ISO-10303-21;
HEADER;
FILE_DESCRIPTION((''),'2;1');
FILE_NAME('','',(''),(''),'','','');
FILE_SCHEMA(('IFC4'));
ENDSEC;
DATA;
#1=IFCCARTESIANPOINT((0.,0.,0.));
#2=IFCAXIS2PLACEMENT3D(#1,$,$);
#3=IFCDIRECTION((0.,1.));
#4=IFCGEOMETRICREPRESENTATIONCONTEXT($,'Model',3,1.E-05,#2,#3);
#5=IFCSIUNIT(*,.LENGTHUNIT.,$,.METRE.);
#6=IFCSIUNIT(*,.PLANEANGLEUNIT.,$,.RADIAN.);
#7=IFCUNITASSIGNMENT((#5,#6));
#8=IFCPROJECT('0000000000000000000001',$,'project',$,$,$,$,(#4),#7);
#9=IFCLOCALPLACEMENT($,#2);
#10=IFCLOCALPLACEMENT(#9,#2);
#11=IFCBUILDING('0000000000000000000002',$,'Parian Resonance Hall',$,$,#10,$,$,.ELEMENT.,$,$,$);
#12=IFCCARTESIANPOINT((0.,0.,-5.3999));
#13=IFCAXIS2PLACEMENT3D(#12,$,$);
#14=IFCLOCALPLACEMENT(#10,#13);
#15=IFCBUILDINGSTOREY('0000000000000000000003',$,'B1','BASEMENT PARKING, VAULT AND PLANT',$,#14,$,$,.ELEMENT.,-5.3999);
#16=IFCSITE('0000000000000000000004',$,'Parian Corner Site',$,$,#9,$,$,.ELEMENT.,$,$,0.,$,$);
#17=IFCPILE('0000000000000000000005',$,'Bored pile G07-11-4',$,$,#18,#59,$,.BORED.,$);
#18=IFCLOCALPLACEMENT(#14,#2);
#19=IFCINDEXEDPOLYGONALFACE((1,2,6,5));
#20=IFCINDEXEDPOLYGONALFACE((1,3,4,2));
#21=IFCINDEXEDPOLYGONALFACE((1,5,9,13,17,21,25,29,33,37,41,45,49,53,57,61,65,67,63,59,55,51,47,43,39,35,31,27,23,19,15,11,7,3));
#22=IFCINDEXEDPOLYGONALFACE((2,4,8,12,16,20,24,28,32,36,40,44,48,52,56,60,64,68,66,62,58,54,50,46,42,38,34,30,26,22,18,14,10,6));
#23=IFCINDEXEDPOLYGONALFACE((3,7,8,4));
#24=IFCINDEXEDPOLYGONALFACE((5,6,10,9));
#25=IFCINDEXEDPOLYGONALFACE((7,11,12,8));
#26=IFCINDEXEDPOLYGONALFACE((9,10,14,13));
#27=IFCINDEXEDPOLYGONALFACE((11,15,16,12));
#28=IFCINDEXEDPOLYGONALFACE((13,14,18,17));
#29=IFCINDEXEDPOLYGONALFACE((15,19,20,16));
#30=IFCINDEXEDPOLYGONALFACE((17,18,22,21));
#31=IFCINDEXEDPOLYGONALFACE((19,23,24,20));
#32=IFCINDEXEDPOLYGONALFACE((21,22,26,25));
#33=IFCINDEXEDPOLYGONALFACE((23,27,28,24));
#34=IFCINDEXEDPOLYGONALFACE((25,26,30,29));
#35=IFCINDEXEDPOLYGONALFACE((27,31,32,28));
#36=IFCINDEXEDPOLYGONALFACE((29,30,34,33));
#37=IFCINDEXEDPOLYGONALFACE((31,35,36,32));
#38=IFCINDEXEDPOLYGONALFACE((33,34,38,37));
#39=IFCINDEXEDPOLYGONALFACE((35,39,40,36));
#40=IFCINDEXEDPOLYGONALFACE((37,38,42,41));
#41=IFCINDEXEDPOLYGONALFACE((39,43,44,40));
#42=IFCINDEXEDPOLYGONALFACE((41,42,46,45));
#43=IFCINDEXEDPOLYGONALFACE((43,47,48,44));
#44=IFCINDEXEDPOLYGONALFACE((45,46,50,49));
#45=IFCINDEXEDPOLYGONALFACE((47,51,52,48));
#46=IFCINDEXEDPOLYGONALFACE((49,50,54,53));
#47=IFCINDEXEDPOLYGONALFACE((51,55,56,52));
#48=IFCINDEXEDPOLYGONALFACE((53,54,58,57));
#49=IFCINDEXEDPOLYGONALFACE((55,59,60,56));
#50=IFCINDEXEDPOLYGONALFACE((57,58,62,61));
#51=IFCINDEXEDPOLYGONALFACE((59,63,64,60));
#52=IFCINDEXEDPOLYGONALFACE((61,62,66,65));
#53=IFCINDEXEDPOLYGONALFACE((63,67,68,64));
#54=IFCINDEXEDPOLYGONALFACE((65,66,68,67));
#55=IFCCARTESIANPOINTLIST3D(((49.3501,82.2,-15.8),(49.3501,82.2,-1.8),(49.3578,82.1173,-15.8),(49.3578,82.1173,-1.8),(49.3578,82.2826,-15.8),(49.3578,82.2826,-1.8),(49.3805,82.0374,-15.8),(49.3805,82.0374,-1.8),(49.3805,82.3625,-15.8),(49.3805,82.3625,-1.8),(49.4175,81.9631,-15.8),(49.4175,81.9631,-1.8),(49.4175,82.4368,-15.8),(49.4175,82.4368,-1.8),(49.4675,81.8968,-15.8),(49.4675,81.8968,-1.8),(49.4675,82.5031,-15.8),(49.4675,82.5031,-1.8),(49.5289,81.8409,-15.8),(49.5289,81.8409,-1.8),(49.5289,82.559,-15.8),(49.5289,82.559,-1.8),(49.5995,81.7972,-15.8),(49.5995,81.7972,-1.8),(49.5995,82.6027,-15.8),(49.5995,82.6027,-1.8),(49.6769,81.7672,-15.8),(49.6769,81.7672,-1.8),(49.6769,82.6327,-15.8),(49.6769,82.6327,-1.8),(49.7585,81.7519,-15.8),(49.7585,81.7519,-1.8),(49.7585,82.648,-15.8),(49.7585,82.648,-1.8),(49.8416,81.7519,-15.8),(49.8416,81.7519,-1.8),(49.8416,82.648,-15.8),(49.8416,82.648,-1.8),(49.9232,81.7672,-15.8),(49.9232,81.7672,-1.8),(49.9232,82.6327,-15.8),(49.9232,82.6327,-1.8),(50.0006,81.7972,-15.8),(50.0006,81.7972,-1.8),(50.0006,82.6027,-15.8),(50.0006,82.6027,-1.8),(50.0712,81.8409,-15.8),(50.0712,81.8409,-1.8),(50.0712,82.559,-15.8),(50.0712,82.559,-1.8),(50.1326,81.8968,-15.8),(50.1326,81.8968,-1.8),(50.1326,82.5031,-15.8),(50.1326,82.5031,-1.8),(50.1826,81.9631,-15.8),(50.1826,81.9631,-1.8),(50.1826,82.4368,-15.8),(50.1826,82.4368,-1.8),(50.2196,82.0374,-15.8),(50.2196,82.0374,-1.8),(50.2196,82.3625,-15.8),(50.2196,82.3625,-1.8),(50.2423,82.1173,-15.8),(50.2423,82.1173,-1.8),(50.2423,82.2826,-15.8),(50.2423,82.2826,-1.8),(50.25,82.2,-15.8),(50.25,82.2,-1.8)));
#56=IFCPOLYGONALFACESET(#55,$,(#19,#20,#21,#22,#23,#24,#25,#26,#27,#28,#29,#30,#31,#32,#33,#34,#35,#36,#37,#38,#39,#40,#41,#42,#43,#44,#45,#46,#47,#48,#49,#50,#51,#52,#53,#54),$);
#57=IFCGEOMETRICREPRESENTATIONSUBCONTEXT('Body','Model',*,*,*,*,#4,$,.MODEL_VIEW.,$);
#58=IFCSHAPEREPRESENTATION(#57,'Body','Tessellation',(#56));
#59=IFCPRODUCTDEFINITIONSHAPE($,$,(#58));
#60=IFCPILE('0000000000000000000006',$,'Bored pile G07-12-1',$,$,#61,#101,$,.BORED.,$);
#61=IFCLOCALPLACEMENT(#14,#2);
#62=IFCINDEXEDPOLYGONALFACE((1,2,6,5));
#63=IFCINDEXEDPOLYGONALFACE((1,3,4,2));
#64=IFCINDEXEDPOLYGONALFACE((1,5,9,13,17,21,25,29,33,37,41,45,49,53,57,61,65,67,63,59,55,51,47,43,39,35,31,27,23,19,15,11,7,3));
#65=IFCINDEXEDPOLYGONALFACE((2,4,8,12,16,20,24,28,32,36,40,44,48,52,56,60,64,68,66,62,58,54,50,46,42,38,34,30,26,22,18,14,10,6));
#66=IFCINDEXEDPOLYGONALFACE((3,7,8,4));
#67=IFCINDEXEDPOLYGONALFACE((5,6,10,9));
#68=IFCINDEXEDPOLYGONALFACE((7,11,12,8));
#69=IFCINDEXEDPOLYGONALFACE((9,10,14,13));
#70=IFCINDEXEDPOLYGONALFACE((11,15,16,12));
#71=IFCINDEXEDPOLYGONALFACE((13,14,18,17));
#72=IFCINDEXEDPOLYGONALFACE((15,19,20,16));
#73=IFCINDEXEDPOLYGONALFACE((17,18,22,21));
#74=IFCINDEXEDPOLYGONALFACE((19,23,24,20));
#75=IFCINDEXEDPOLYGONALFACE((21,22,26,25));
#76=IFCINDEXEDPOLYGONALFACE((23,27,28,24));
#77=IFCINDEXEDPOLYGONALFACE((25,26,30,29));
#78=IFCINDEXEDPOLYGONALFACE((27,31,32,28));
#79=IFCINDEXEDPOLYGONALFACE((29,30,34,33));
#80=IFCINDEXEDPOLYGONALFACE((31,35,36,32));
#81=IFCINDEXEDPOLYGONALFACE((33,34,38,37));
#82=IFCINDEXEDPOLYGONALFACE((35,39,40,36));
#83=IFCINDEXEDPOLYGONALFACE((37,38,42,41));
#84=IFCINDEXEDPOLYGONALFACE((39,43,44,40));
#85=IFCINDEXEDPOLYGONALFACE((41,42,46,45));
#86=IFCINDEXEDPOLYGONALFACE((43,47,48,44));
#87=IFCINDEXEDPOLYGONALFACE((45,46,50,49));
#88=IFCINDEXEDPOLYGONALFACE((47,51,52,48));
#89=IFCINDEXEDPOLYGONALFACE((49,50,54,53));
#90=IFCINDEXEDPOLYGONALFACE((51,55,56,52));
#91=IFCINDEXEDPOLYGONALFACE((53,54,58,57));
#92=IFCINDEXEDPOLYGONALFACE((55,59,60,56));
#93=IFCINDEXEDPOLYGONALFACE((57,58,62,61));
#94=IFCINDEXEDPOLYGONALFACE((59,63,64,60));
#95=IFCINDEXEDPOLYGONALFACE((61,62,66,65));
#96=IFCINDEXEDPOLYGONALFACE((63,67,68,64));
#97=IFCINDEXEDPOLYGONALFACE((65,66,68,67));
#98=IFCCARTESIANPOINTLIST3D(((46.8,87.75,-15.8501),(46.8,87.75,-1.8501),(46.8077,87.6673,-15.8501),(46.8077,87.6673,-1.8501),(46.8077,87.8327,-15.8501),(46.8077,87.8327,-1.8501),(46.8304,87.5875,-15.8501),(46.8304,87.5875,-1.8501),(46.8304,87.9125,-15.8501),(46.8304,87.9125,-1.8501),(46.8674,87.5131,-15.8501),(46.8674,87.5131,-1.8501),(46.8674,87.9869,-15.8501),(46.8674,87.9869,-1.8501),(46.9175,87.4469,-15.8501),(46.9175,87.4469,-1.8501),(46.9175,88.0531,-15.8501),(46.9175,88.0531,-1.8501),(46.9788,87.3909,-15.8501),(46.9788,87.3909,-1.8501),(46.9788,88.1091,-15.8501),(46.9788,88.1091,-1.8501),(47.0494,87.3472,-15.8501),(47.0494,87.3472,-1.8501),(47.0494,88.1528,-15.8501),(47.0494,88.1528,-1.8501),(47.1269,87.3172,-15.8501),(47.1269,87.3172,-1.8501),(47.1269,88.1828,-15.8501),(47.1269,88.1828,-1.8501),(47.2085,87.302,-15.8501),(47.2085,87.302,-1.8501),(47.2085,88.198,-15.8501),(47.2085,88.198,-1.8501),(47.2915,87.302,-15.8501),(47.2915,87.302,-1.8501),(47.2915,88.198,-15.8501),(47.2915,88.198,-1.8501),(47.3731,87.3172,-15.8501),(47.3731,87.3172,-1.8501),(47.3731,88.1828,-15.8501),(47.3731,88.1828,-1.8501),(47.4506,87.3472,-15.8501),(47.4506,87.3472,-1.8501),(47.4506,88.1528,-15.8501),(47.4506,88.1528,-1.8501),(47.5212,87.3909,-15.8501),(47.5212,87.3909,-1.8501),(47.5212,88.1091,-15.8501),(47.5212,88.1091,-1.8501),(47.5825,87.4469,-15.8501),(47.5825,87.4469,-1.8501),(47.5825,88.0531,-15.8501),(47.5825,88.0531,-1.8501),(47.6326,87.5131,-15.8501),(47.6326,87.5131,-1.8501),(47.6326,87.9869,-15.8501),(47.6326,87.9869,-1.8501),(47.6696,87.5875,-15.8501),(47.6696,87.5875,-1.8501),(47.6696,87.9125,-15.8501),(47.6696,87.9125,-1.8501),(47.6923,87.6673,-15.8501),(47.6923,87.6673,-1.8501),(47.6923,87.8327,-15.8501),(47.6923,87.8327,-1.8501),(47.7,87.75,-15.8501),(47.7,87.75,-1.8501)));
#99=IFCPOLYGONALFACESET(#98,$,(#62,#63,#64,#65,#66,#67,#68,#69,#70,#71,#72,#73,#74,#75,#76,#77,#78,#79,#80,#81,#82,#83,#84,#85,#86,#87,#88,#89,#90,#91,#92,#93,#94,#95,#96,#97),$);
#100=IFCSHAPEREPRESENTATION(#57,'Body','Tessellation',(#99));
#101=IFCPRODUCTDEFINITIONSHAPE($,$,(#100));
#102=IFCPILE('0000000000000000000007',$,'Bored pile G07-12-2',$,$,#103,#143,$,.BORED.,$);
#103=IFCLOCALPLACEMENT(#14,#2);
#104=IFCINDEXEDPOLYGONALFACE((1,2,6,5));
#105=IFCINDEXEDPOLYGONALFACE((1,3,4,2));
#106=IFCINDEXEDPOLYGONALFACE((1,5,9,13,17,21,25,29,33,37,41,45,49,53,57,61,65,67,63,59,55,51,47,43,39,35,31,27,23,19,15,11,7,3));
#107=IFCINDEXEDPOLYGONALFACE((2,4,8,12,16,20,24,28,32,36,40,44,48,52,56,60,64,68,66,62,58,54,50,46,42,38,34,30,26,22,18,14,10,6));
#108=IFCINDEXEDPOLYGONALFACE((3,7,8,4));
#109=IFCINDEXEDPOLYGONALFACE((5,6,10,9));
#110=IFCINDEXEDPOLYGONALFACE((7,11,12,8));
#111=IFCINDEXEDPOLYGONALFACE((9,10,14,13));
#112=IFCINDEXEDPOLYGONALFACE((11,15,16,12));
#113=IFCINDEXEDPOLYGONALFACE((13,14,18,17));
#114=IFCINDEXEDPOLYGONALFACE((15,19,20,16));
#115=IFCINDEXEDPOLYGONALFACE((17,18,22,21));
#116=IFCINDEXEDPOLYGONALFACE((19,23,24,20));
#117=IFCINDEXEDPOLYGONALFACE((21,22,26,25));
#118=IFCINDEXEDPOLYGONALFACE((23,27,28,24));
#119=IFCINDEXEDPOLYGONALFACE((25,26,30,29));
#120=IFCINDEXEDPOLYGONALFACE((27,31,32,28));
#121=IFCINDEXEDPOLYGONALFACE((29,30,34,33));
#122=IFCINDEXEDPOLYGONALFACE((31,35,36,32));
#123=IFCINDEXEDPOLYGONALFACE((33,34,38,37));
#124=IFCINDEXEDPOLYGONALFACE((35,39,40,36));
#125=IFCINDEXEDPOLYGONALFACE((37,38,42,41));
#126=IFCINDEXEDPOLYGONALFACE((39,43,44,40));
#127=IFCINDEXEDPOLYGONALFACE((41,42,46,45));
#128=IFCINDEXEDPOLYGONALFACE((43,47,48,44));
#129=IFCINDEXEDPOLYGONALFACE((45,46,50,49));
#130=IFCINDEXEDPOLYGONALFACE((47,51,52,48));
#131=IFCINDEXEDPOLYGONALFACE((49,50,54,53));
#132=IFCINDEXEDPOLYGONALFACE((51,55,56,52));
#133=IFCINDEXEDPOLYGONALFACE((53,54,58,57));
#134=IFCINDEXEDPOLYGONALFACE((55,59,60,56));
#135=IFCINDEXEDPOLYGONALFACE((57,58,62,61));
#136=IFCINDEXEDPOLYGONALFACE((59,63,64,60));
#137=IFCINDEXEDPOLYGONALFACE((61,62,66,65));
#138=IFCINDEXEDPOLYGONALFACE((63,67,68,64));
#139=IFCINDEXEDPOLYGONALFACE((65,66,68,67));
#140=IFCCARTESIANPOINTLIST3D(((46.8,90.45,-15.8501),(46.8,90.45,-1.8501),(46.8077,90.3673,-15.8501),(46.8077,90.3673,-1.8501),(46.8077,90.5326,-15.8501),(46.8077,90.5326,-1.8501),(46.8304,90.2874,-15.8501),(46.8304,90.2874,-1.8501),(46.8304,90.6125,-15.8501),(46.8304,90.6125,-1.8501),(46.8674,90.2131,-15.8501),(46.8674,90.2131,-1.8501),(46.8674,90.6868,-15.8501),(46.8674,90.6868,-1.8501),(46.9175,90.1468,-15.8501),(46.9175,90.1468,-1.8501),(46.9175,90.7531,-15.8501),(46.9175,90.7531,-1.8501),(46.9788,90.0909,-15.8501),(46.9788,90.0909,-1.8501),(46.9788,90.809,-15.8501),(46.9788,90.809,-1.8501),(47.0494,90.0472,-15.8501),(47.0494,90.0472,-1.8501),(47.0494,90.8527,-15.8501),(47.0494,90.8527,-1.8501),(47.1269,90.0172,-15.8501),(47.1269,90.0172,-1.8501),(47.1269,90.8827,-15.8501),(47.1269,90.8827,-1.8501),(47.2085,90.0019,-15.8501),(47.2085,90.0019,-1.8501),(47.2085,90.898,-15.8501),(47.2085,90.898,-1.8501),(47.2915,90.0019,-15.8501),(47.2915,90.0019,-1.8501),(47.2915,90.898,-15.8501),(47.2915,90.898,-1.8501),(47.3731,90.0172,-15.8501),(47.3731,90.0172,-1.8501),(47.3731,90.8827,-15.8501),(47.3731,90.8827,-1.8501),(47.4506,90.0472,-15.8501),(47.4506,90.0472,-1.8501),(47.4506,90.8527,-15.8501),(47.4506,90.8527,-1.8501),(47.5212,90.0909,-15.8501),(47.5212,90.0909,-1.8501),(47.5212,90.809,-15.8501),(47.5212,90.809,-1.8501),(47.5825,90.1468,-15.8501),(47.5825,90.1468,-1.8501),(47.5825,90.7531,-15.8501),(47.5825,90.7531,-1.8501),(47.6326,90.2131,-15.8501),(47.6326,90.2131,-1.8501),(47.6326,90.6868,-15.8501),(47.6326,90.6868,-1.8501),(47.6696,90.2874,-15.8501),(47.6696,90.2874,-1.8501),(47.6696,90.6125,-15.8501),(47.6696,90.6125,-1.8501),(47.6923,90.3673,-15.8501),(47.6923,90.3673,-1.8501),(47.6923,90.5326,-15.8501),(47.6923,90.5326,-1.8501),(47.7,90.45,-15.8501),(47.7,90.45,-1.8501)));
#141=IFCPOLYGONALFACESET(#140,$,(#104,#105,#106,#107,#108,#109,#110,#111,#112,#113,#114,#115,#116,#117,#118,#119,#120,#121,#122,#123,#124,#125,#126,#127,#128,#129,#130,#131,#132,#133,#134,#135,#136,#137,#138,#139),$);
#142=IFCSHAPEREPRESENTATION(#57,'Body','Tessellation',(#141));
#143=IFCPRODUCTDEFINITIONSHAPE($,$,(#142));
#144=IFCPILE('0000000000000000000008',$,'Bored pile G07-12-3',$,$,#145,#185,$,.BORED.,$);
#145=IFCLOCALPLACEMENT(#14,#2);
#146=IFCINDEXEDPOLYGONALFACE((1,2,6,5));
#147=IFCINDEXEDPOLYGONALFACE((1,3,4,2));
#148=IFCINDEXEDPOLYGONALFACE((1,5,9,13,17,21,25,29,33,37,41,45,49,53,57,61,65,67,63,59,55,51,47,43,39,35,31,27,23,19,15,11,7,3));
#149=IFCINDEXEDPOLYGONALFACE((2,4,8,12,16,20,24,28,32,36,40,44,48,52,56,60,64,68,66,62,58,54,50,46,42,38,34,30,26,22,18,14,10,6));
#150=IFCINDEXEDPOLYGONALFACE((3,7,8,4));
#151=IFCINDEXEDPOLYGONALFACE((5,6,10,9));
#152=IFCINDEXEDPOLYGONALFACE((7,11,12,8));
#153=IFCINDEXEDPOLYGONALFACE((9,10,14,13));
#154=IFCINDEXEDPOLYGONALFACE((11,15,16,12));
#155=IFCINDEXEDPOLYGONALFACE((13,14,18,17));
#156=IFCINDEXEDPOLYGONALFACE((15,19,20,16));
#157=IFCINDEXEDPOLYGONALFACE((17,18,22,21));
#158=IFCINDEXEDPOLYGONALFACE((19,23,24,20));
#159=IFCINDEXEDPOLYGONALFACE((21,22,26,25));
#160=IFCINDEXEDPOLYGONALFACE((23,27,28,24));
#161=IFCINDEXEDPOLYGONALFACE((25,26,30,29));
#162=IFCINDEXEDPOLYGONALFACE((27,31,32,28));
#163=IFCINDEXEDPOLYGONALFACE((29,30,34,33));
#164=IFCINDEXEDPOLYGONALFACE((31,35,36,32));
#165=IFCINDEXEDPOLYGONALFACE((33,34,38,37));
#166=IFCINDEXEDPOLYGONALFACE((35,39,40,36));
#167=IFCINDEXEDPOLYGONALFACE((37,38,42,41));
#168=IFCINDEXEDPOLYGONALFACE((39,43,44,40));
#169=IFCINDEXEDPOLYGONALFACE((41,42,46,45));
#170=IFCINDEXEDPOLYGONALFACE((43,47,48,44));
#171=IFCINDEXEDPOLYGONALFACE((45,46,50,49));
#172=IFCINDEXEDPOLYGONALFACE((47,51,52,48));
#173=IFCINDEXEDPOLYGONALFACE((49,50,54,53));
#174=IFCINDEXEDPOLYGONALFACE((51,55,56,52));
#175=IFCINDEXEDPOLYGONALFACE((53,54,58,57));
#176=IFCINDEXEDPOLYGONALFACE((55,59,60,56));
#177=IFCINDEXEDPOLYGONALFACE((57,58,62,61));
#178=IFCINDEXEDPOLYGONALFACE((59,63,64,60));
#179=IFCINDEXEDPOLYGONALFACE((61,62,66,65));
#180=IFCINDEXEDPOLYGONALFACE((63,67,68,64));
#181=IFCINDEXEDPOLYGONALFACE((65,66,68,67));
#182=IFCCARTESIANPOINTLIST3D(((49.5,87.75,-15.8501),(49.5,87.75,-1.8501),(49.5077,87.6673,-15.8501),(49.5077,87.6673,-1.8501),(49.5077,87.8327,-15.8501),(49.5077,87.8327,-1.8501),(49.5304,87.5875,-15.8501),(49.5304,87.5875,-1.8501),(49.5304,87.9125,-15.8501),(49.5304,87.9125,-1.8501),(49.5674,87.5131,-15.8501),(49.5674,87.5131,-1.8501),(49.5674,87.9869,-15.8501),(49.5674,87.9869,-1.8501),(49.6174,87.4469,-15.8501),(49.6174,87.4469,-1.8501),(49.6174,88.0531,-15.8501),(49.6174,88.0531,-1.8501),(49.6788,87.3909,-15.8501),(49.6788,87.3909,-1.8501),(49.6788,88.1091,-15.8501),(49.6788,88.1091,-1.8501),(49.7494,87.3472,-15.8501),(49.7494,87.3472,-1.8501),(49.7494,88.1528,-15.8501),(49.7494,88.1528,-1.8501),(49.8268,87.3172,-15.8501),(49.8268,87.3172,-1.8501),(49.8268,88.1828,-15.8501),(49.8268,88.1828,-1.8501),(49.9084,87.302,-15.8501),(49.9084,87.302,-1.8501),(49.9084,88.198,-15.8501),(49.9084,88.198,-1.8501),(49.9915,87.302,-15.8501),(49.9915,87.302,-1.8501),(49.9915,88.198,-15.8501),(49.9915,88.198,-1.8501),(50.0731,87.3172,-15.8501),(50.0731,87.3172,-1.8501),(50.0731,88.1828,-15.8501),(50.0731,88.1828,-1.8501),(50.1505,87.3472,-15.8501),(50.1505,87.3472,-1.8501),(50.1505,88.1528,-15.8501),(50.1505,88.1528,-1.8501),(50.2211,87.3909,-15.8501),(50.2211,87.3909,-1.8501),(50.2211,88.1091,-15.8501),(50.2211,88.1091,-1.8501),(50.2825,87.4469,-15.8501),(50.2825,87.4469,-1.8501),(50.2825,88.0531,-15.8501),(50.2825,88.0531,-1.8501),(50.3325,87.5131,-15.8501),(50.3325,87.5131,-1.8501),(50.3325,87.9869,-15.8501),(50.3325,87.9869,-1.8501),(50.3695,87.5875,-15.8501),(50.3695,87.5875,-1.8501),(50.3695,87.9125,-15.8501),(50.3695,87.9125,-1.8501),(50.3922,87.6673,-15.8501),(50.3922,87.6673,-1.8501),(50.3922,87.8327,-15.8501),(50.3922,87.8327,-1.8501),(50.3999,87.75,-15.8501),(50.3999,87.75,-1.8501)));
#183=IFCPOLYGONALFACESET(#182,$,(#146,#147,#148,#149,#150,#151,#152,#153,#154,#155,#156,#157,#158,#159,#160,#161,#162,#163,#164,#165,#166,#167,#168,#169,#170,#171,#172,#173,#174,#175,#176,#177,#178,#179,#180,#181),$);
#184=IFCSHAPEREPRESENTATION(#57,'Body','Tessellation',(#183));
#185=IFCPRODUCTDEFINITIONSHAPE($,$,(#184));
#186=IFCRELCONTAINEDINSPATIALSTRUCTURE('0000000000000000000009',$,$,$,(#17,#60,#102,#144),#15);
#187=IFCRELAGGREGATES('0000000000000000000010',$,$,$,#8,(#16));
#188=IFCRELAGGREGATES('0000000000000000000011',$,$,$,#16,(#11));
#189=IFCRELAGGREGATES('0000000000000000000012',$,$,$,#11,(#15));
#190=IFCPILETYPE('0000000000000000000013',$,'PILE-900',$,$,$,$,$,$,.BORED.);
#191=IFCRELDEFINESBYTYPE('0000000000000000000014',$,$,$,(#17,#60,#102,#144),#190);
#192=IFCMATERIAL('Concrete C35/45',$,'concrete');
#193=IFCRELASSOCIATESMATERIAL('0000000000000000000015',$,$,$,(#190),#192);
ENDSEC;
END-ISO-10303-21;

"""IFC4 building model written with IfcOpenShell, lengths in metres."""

from ifc_helpers import new_model, si_unit, direction, frame, origin, origin_2d, place, context, subcontext, project, spatial, circle, extrude, material, material_profile, profile_set, type_object, element, save


model = new_model("IFC4")

# Units and contexts
model_context = context("Model", 3, precision=1e-05, world=origin(), true_north=direction((0.0, 1.0)))
body_context = subcontext(model_context, "Body", "Model", "MODEL_VIEW")
ifc_project = project(units=[si_unit("LENGTHUNIT", "METRE"), si_unit("PLANEANGLEUNIT", "RADIAN")], contexts=[model_context])

# Site, building, storey
site_placement = place(None, origin())
site = spatial("IfcSite", under=ifc_project, at=site_placement, Name="Parian Corner Site", CompositionType="ELEMENT", RefElevation=0.0)
building_placement = place(site_placement, origin())
building = spatial("IfcBuilding", under=site, at=building_placement, Name="Parian Resonance Hall", CompositionType="ELEMENT")
storey_placement = place(building_placement, frame((0.0, 0.0, -5.3999)))
storey = spatial("IfcBuildingStorey", under=building, at=storey_placement, Name="B1", Description="BASEMENT PARKING, VAULT AND PLANT", CompositionType="ELEMENT", Elevation=-5.3999)

# Piles
ifc_material_1 = material(Name="Concrete C35/45", Category="concrete")
ifc_material_profile_1 = material_profile(ifc_material_1, circle(Radius=0.45, at=origin_2d()), Name="PILE-D900")
ifc_profile_set_1 = profile_set([ifc_material_profile_1], Name="Concrete C35/45")
pile_type_1 = type_object("IfcPileType", Name="PILE-900", PredefinedType="BORED", material=ifc_profile_set_1)
for number, where, z_axis, x_axis, name in (
    (1, (49.8, 82.2, -1.8), (0.0, 0.0, -1.0), (1.0, 0.0, 0.0), "Bored pile G07-11-4"),
    (2, (47.25, 87.75, -1.8501), (0.0, 0.0, -1.0), (1.0, 0.0, 0.0), "Bored pile G07-12-1"),
    (3, (47.25, 90.45, -1.8501), (0.0, 0.0, -1.0), (1.0, 0.0, 0.0), "Bored pile G07-12-2"),
    (4, (49.95, 87.75, -1.8501), (0.0, 0.0, -1.0), (1.0, 0.0, 0.0), "Bored pile G07-12-3"),
):
    element("IfcPile", number, at=place(storey_placement, frame(where, z_axis=z_axis, x_axis=x_axis)), inside=storey, type_object=pile_type_1, Name=name, PredefinedType="BORED", context=body_context, shape_type="SweptSolid", body=[
        extrude(circle(Radius=0.45, at=origin_2d()), origin(), (0.0, 0.0, 1.0), 14.0),
    ])

save(model, "model.ifc")
